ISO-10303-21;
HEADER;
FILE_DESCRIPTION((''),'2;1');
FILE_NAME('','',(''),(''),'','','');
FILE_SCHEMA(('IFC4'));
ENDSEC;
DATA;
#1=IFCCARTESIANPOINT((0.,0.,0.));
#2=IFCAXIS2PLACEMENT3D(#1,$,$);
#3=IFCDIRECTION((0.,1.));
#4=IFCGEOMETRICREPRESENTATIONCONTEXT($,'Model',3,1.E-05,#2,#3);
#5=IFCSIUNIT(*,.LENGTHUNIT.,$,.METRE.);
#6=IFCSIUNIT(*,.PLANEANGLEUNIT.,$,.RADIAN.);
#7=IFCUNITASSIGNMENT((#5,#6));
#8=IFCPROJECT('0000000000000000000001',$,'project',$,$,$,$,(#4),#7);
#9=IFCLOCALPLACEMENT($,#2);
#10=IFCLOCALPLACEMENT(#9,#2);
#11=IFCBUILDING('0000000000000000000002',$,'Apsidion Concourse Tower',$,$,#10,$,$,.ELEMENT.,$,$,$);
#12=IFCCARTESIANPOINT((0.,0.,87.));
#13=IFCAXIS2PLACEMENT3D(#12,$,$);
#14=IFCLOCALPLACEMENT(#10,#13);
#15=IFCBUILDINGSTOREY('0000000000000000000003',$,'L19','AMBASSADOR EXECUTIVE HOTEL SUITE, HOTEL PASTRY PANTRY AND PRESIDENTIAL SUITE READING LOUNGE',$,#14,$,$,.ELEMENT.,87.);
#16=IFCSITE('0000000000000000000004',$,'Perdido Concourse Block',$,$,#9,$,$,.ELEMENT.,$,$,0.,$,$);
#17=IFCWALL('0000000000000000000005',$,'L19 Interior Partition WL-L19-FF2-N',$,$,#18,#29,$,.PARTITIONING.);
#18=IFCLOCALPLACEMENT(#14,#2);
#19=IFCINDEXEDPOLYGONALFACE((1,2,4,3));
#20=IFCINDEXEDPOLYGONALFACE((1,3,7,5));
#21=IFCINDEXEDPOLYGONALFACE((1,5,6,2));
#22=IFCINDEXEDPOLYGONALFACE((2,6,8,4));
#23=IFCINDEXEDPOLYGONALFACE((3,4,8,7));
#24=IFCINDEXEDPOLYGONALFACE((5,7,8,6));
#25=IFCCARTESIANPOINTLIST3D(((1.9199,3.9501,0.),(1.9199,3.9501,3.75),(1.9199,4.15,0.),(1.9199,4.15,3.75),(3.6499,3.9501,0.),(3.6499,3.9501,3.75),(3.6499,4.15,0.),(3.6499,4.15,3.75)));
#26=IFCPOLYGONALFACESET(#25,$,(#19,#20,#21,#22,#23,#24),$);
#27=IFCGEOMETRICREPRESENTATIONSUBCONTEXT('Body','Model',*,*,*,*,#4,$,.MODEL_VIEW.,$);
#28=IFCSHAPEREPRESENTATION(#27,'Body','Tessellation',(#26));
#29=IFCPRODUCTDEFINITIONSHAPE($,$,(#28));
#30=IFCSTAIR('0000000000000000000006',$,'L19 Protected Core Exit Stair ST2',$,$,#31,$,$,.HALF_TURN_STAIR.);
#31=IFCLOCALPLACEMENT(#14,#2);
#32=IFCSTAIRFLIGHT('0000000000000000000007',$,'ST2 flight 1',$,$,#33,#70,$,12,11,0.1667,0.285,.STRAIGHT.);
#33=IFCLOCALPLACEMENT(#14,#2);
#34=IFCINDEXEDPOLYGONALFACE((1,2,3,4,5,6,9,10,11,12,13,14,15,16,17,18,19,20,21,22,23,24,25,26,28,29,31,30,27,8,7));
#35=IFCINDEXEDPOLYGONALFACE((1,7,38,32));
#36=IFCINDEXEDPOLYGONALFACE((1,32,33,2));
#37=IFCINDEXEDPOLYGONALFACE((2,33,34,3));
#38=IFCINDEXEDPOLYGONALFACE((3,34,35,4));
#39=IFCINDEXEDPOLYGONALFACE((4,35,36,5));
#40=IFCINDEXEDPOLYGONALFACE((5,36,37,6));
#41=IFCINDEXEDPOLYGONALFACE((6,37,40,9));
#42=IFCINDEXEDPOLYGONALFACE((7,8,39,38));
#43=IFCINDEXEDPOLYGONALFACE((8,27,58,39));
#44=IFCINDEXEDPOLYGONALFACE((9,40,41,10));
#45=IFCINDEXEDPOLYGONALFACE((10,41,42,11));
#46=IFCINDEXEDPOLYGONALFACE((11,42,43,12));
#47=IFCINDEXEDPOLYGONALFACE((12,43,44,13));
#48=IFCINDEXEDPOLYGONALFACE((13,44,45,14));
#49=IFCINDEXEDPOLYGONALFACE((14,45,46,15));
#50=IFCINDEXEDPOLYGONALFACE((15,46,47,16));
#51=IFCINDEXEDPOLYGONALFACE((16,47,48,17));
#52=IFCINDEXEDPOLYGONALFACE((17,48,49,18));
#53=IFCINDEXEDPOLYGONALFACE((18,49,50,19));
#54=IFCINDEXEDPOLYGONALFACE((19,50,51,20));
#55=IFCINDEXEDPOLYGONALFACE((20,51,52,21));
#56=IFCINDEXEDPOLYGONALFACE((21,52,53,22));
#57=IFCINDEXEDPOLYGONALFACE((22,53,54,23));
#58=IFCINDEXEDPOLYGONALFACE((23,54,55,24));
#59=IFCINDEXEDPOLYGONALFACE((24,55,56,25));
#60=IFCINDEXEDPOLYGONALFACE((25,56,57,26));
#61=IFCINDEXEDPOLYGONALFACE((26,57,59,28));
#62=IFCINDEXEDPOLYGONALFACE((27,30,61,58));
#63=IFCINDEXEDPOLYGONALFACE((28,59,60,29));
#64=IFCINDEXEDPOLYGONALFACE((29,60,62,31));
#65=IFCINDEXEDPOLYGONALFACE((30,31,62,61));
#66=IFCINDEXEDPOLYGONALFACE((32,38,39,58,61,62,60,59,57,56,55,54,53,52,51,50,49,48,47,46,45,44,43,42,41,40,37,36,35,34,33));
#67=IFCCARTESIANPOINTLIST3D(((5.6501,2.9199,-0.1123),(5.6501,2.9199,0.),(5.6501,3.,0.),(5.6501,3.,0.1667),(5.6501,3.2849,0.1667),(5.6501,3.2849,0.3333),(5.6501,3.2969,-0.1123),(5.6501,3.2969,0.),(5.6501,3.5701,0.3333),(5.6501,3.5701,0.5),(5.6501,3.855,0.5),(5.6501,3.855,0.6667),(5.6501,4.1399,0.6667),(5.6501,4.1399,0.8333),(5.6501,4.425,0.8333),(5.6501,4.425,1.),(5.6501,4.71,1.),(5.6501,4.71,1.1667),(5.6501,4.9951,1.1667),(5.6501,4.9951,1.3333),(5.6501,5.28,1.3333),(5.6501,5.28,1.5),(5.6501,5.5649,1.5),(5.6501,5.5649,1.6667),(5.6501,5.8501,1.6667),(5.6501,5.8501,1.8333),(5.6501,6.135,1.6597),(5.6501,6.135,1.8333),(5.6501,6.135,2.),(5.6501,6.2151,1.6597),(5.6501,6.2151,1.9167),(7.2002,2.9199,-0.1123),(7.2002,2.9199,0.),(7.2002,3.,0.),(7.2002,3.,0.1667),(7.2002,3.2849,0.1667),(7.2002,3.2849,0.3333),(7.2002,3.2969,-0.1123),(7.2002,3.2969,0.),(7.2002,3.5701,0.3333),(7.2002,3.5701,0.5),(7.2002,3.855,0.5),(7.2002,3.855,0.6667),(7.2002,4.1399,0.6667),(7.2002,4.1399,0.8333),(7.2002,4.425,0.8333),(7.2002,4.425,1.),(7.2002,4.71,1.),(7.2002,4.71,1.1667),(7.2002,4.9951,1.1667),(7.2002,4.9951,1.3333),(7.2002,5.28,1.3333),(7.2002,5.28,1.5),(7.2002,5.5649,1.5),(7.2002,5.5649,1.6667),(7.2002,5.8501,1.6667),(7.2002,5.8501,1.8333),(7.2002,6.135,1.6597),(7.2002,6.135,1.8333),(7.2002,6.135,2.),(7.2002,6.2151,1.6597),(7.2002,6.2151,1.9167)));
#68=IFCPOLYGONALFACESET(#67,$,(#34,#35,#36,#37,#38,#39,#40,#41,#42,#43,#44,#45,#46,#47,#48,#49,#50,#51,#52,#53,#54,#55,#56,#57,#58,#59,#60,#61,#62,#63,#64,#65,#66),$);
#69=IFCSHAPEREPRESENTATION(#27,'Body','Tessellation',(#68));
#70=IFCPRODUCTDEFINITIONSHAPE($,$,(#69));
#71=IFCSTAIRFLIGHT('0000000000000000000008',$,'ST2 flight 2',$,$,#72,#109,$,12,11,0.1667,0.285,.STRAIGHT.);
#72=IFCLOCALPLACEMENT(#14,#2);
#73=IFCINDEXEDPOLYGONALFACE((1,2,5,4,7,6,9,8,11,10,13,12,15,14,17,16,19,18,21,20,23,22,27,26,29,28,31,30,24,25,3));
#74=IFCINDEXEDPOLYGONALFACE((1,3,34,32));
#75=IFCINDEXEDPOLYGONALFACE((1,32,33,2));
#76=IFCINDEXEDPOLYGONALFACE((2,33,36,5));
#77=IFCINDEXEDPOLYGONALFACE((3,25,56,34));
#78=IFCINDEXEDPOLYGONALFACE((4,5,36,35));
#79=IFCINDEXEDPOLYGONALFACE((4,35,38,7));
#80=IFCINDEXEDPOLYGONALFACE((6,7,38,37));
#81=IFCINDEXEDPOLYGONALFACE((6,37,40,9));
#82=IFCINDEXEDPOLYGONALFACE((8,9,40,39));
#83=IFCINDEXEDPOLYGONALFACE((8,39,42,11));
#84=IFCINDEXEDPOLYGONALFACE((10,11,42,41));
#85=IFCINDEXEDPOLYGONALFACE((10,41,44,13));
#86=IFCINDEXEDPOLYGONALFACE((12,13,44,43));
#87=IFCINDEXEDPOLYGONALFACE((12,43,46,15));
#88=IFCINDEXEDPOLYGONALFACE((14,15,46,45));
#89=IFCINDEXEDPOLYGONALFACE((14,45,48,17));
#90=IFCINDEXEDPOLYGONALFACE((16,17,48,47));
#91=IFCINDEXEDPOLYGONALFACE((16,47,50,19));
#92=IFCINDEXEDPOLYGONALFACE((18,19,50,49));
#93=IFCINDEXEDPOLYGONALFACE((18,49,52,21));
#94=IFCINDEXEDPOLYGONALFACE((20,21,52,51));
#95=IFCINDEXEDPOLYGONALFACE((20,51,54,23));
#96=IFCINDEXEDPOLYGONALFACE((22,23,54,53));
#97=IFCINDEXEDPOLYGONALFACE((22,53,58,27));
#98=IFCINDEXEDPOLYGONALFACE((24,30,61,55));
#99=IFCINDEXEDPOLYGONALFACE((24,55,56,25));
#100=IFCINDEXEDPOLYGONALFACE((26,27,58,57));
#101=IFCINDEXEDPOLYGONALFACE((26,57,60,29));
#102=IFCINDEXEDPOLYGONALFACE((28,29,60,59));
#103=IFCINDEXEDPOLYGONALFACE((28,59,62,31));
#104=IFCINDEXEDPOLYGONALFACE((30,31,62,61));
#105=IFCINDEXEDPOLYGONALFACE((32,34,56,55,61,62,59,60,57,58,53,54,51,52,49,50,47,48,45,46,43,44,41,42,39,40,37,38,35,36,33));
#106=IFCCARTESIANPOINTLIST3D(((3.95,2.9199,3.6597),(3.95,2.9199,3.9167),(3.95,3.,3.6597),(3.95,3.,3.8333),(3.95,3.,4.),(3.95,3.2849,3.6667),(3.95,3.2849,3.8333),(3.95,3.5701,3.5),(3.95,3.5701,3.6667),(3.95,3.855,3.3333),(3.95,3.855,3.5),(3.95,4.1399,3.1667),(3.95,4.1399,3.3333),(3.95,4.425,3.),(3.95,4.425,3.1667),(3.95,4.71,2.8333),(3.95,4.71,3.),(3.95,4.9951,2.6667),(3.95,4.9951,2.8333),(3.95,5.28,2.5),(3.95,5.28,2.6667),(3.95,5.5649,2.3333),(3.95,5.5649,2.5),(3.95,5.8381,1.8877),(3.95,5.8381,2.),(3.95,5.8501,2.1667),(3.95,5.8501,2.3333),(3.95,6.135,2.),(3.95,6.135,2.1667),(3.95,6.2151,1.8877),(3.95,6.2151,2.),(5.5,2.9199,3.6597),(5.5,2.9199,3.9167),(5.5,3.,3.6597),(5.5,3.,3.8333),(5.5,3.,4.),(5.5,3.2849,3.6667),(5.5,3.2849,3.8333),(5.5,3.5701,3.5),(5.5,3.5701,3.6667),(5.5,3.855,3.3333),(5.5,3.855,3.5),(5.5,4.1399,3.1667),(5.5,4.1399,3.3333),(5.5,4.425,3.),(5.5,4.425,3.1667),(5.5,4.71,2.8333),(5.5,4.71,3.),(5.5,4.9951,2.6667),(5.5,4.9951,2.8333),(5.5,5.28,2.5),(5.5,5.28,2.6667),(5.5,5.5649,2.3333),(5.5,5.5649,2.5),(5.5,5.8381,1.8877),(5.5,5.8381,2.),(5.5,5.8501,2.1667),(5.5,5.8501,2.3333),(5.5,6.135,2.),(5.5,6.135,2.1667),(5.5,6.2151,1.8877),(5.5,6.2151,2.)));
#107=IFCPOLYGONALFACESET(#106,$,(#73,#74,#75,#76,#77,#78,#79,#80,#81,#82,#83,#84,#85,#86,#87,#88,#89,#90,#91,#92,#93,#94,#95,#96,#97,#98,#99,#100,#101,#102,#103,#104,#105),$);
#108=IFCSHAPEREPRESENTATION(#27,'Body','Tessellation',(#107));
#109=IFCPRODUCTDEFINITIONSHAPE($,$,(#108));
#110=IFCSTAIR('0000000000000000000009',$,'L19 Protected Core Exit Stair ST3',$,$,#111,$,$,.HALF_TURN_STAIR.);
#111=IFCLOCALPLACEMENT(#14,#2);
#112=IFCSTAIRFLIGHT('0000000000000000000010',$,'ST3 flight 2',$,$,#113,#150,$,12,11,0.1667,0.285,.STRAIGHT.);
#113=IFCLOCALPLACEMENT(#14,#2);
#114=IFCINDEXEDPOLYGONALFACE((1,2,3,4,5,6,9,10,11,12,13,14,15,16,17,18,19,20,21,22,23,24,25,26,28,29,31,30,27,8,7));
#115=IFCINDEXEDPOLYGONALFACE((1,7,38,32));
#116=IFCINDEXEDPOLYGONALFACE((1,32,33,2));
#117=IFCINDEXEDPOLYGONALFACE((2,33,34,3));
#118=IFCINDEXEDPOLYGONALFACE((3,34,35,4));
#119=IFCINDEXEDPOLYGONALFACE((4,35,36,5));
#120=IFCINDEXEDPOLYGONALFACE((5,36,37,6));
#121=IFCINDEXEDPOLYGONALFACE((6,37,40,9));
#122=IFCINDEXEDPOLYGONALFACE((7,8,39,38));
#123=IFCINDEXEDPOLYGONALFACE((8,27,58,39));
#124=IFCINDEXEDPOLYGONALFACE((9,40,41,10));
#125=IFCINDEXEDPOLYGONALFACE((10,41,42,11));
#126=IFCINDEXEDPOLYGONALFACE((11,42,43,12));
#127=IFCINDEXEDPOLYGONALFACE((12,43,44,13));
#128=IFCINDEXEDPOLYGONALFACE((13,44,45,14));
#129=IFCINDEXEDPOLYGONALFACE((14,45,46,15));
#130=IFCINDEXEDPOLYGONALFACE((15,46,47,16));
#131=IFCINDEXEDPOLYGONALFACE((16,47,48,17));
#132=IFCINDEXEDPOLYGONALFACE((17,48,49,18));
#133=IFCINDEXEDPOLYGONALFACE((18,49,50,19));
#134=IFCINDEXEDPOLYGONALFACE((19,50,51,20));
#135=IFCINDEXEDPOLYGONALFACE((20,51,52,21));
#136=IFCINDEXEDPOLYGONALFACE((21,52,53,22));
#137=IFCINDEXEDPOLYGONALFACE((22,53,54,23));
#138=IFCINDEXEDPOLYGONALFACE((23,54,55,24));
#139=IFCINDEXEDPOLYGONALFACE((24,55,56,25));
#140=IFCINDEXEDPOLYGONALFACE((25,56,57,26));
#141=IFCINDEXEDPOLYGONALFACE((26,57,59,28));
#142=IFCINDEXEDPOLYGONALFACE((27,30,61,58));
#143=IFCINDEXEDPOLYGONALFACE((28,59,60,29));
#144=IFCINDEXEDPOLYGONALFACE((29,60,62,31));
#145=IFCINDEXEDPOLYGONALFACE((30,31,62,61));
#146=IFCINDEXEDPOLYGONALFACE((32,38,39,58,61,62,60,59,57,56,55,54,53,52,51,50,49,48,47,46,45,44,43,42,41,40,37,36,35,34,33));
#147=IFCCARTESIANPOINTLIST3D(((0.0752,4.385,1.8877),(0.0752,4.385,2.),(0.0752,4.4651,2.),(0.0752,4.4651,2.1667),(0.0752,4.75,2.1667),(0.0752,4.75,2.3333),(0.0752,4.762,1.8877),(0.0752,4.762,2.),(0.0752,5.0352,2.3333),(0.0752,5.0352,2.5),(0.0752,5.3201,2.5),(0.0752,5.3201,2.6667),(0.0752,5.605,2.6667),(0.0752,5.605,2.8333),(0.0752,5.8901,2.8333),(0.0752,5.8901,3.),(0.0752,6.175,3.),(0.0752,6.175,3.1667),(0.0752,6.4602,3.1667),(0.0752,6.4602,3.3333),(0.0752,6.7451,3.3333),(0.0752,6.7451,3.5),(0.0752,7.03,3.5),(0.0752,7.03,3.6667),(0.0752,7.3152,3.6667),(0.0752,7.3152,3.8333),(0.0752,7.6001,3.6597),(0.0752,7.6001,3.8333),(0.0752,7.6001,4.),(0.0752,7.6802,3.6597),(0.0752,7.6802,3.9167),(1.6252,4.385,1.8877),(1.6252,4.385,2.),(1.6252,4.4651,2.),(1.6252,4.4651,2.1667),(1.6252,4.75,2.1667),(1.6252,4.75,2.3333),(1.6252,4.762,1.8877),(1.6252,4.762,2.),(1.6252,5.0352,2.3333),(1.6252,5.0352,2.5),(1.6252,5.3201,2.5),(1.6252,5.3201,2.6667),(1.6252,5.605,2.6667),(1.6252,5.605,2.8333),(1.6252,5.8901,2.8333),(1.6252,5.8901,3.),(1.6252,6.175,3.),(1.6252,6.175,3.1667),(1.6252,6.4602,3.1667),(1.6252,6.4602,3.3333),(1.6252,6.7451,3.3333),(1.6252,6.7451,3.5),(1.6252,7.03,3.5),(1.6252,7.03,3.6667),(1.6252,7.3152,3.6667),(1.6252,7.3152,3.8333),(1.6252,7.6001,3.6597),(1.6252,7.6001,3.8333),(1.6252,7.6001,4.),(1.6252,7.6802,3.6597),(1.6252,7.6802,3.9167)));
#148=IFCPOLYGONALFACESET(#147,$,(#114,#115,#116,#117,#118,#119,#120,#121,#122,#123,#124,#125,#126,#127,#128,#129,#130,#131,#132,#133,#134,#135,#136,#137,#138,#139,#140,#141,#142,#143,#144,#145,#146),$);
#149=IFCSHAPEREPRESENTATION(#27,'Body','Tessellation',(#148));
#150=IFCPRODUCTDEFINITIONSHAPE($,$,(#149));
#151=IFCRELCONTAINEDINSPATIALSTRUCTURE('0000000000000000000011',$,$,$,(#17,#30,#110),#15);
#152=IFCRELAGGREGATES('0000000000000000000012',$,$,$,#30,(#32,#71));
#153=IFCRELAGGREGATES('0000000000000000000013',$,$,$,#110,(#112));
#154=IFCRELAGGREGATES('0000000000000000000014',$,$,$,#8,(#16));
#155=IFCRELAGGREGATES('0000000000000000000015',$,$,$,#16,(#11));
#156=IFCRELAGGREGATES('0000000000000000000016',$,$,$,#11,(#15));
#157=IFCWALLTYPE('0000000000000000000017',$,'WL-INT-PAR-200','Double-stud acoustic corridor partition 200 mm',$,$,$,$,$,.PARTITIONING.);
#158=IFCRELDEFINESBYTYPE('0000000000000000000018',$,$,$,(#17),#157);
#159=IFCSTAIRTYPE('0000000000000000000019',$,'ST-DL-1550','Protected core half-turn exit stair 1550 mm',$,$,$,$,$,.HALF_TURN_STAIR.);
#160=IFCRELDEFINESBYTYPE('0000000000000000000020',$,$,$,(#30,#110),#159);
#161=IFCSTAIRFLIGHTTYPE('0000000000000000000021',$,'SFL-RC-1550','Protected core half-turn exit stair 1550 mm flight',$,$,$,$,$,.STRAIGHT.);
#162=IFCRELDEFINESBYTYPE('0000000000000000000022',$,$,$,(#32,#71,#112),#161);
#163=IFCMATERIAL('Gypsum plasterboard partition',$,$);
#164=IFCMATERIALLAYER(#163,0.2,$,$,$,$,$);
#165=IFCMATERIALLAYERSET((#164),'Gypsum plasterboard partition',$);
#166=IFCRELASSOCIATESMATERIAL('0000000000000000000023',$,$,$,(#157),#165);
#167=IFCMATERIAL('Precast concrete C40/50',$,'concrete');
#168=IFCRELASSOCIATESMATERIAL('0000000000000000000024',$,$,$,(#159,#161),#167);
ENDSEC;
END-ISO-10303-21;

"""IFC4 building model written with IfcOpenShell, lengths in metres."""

from ifc_helpers import new_model, si_unit, direction, frame, frame_2d, origin, place, context, subcontext, project, spatial, polyline, rectangle, outline, extrude, material, layer, layer_set, type_object, element, aggregate, save


model = new_model("IFC4")

# Units and contexts
model_context = context("Model", 3, precision=1e-05, world=origin(), true_north=direction((0.0, 1.0)))
body_context = subcontext(model_context, "Body", "Model", "MODEL_VIEW")
ifc_project = project(units=[si_unit("LENGTHUNIT", "METRE"), si_unit("PLANEANGLEUNIT", "RADIAN")], contexts=[model_context])

# Site, building, storey
site_placement = place(None, origin())
site = spatial("IfcSite", under=ifc_project, at=site_placement, Name="Perdido Concourse Block", CompositionType="ELEMENT", RefElevation=0.0)
building_placement = place(site_placement, origin())
building = spatial("IfcBuilding", under=site, at=building_placement, Name="Apsidion Concourse Tower", CompositionType="ELEMENT")
storey_placement = place(building_placement, frame((0.0, 0.0, 87.0)))
storey = spatial("IfcBuildingStorey", under=building, at=storey_placement, Name="L19", Description="AMBASSADOR EXECUTIVE HOTEL SUITE, HOTEL PASTRY PANTRY AND PRESIDENTIAL SUITE READING LOUNGE", CompositionType="ELEMENT", Elevation=87.0)

# Wall
ifc_material_1 = material(Name="Gypsum plasterboard partition")
ifc_layer_1 = layer(ifc_material_1, 0.2)
ifc_layer_set_1 = layer_set([ifc_layer_1], Name="Gypsum plasterboard partition")
wall_type_1 = type_object("IfcWallType", Name="WL-INT-PAR-200", Description="Double-stud acoustic corridor partition 200 mm", PredefinedType="PARTITIONING", material=ifc_layer_set_1)
wall_1_placement = place(storey_placement, frame((1.9199, 4.05, 0.0), z_axis=(0.0, 0.0, 1.0), x_axis=(1.0, 0.0, 0.0)))
element("IfcWall", 1, at=wall_1_placement, inside=storey, type_object=wall_type_1, Name="L19 Interior Partition WL-L19-FF2-N", PredefinedType="PARTITIONING", context=body_context, shape_type="SweptSolid", body=[
    extrude(rectangle(XDim=1.73, YDim=0.2, at=frame_2d((0.865, 0.0))), origin(), (0.0, 0.0, 1.0), 3.75),
])

# Stair, stair flights
ifc_material_2 = material(Name="Precast concrete C40/50", Category="concrete")
stair_type = type_object("IfcStairType", Name="ST-DL-1550", Description="Protected core half-turn exit stair 1550 mm", PredefinedType="HALF_TURN_STAIR", material=ifc_material_2)
stair_1_placement = place(storey_placement, origin())
stair_1 = element("IfcStair", 2, at=stair_1_placement, inside=storey, type_object=stair_type, Name="L19 Protected Core Exit Stair ST2", PredefinedType="HALF_TURN_STAIR")
stair_flight_type = type_object("IfcStairFlightType", Name="SFL-RC-1550", Description="Protected core half-turn exit stair 1550 mm flight", PredefinedType="STRAIGHT", material=ifc_material_2)
stair_flight_1_placement = place(storey_placement, frame((6.425, 3.0, 0.0), z_axis=(0.0, 0.0, 1.0), x_axis=(0.0, 1.0, 0.0)))
stair_flight_1 = element("IfcStairFlight", 3, at=stair_flight_1_placement, type_object=stair_flight_type, Name="ST2 flight 1", NumberOfRisers=12, NumberOfTreads=11, PredefinedType="STRAIGHT", RiserHeight=0.1667, TreadLength=0.285, context=body_context, shape_type="SweptSolid", body=[
    extrude(outline(polyline([(-0.0801, -0.1123), (-0.0801, 0.0), (0.0, 0.0), (0.0, 0.1667), (0.2849, 0.1667), (0.2849, 0.3333), (0.5701, 0.3333), (0.5701, 0.5), (0.855, 0.5), (0.855, 0.6667), (1.1399, 0.6667), (1.1399, 0.8333), (1.425, 0.8333), (1.425, 1.0), (1.71, 1.0), (1.71, 1.1667), (1.9951, 1.1667), (1.9951, 1.3333), (2.28, 1.3333), (2.28, 1.5), (2.5649, 1.5), (2.5649, 1.6667), (2.8501, 1.6667), (2.8501, 1.8333), (3.135, 1.8333), (3.135, 2.0), (3.2151, 1.9167), (3.2151, 1.6597), (3.135, 1.6597), (0.2969, 0.0), (0.2969, -0.1123), (-0.0801, -0.1123)])), frame((0.0, 0.7749, 0.0), z_axis=(0.0, -1.0, 0.0), x_axis=(1.0, 0.0, 0.0)), (0.0, 0.0, 1.0), 1.55),
])
stair_flight_2_placement = place(storey_placement, frame((4.7251, 6.135, 2.0), z_axis=(0.0, 0.0, 1.0), x_axis=(0.0, -1.0, 0.0)))
stair_flight_2 = element("IfcStairFlight", 4, at=stair_flight_2_placement, type_object=stair_flight_type, Name="ST2 flight 2", NumberOfRisers=12, NumberOfTreads=11, PredefinedType="STRAIGHT", RiserHeight=0.1667, TreadLength=0.285, context=body_context, shape_type="SweptSolid", body=[
    extrude(outline(polyline([(-0.0801, -0.1123), (-0.0801, 0.0), (0.0, 0.0), (0.0, 0.1667), (0.2849, 0.1667), (0.2849, 0.3333), (0.5701, 0.3333), (0.5701, 0.5), (0.855, 0.5), (0.855, 0.6667), (1.1399, 0.6667), (1.1399, 0.8333), (1.425, 0.8333), (1.425, 1.0), (1.71, 1.0), (1.71, 1.1667), (1.9951, 1.1667), (1.9951, 1.3333), (2.28, 1.3333), (2.28, 1.5), (2.5649, 1.5), (2.5649, 1.6667), (2.8501, 1.6667), (2.8501, 1.8333), (3.135, 1.8333), (3.135, 2.0), (3.2151, 1.9167), (3.2151, 1.6597), (3.135, 1.6597), (0.2969, 0.0), (0.2969, -0.1123), (-0.0801, -0.1123)])), frame((0.0, 0.7749, 0.0), z_axis=(0.0, -1.0, 0.0), x_axis=(1.0, 0.0, 0.0)), (0.0, 0.0, 1.0), 1.55),
])
aggregate(stair_1, [stair_flight_1, stair_flight_2])

# Stair, stair flight
stair_2_placement = place(storey_placement, origin())
stair_2 = element("IfcStair", 5, at=stair_2_placement, inside=storey, type_object=stair_type, Name="L19 Protected Core Exit Stair ST3", PredefinedType="HALF_TURN_STAIR")
stair_flight_3_placement = place(storey_placement, frame((0.8501, 4.4651, 2.0), z_axis=(0.0, 0.0, 1.0), x_axis=(0.0, 1.0, 0.0)))
stair_flight_3 = element("IfcStairFlight", 6, at=stair_flight_3_placement, type_object=stair_flight_type, Name="ST3 flight 2", NumberOfRisers=12, NumberOfTreads=11, PredefinedType="STRAIGHT", RiserHeight=0.1667, TreadLength=0.285, context=body_context, shape_type="SweptSolid", body=[
    extrude(outline(polyline([(-0.0801, -0.1123), (-0.0801, 0.0), (0.0, 0.0), (0.0, 0.1667), (0.2849, 0.1667), (0.2849, 0.3333), (0.5701, 0.3333), (0.5701, 0.5), (0.855, 0.5), (0.855, 0.6667), (1.1399, 0.6667), (1.1399, 0.8333), (1.425, 0.8333), (1.425, 1.0), (1.71, 1.0), (1.71, 1.1667), (1.9951, 1.1667), (1.9951, 1.3333), (2.28, 1.3333), (2.28, 1.5), (2.5649, 1.5), (2.5649, 1.6667), (2.8501, 1.6667), (2.8501, 1.8333), (3.135, 1.8333), (3.135, 2.0), (3.2151, 1.9167), (3.2151, 1.6597), (3.135, 1.6597), (0.2969, 0.0), (0.2969, -0.1123), (-0.0801, -0.1123)])), frame((0.0, 0.7749, 0.0), z_axis=(0.0, -1.0, 0.0), x_axis=(1.0, 0.0, 0.0)), (0.0, 0.0, 1.0), 1.55),
])
aggregate(stair_2, [stair_flight_3])

save(model, "model.ifc")
